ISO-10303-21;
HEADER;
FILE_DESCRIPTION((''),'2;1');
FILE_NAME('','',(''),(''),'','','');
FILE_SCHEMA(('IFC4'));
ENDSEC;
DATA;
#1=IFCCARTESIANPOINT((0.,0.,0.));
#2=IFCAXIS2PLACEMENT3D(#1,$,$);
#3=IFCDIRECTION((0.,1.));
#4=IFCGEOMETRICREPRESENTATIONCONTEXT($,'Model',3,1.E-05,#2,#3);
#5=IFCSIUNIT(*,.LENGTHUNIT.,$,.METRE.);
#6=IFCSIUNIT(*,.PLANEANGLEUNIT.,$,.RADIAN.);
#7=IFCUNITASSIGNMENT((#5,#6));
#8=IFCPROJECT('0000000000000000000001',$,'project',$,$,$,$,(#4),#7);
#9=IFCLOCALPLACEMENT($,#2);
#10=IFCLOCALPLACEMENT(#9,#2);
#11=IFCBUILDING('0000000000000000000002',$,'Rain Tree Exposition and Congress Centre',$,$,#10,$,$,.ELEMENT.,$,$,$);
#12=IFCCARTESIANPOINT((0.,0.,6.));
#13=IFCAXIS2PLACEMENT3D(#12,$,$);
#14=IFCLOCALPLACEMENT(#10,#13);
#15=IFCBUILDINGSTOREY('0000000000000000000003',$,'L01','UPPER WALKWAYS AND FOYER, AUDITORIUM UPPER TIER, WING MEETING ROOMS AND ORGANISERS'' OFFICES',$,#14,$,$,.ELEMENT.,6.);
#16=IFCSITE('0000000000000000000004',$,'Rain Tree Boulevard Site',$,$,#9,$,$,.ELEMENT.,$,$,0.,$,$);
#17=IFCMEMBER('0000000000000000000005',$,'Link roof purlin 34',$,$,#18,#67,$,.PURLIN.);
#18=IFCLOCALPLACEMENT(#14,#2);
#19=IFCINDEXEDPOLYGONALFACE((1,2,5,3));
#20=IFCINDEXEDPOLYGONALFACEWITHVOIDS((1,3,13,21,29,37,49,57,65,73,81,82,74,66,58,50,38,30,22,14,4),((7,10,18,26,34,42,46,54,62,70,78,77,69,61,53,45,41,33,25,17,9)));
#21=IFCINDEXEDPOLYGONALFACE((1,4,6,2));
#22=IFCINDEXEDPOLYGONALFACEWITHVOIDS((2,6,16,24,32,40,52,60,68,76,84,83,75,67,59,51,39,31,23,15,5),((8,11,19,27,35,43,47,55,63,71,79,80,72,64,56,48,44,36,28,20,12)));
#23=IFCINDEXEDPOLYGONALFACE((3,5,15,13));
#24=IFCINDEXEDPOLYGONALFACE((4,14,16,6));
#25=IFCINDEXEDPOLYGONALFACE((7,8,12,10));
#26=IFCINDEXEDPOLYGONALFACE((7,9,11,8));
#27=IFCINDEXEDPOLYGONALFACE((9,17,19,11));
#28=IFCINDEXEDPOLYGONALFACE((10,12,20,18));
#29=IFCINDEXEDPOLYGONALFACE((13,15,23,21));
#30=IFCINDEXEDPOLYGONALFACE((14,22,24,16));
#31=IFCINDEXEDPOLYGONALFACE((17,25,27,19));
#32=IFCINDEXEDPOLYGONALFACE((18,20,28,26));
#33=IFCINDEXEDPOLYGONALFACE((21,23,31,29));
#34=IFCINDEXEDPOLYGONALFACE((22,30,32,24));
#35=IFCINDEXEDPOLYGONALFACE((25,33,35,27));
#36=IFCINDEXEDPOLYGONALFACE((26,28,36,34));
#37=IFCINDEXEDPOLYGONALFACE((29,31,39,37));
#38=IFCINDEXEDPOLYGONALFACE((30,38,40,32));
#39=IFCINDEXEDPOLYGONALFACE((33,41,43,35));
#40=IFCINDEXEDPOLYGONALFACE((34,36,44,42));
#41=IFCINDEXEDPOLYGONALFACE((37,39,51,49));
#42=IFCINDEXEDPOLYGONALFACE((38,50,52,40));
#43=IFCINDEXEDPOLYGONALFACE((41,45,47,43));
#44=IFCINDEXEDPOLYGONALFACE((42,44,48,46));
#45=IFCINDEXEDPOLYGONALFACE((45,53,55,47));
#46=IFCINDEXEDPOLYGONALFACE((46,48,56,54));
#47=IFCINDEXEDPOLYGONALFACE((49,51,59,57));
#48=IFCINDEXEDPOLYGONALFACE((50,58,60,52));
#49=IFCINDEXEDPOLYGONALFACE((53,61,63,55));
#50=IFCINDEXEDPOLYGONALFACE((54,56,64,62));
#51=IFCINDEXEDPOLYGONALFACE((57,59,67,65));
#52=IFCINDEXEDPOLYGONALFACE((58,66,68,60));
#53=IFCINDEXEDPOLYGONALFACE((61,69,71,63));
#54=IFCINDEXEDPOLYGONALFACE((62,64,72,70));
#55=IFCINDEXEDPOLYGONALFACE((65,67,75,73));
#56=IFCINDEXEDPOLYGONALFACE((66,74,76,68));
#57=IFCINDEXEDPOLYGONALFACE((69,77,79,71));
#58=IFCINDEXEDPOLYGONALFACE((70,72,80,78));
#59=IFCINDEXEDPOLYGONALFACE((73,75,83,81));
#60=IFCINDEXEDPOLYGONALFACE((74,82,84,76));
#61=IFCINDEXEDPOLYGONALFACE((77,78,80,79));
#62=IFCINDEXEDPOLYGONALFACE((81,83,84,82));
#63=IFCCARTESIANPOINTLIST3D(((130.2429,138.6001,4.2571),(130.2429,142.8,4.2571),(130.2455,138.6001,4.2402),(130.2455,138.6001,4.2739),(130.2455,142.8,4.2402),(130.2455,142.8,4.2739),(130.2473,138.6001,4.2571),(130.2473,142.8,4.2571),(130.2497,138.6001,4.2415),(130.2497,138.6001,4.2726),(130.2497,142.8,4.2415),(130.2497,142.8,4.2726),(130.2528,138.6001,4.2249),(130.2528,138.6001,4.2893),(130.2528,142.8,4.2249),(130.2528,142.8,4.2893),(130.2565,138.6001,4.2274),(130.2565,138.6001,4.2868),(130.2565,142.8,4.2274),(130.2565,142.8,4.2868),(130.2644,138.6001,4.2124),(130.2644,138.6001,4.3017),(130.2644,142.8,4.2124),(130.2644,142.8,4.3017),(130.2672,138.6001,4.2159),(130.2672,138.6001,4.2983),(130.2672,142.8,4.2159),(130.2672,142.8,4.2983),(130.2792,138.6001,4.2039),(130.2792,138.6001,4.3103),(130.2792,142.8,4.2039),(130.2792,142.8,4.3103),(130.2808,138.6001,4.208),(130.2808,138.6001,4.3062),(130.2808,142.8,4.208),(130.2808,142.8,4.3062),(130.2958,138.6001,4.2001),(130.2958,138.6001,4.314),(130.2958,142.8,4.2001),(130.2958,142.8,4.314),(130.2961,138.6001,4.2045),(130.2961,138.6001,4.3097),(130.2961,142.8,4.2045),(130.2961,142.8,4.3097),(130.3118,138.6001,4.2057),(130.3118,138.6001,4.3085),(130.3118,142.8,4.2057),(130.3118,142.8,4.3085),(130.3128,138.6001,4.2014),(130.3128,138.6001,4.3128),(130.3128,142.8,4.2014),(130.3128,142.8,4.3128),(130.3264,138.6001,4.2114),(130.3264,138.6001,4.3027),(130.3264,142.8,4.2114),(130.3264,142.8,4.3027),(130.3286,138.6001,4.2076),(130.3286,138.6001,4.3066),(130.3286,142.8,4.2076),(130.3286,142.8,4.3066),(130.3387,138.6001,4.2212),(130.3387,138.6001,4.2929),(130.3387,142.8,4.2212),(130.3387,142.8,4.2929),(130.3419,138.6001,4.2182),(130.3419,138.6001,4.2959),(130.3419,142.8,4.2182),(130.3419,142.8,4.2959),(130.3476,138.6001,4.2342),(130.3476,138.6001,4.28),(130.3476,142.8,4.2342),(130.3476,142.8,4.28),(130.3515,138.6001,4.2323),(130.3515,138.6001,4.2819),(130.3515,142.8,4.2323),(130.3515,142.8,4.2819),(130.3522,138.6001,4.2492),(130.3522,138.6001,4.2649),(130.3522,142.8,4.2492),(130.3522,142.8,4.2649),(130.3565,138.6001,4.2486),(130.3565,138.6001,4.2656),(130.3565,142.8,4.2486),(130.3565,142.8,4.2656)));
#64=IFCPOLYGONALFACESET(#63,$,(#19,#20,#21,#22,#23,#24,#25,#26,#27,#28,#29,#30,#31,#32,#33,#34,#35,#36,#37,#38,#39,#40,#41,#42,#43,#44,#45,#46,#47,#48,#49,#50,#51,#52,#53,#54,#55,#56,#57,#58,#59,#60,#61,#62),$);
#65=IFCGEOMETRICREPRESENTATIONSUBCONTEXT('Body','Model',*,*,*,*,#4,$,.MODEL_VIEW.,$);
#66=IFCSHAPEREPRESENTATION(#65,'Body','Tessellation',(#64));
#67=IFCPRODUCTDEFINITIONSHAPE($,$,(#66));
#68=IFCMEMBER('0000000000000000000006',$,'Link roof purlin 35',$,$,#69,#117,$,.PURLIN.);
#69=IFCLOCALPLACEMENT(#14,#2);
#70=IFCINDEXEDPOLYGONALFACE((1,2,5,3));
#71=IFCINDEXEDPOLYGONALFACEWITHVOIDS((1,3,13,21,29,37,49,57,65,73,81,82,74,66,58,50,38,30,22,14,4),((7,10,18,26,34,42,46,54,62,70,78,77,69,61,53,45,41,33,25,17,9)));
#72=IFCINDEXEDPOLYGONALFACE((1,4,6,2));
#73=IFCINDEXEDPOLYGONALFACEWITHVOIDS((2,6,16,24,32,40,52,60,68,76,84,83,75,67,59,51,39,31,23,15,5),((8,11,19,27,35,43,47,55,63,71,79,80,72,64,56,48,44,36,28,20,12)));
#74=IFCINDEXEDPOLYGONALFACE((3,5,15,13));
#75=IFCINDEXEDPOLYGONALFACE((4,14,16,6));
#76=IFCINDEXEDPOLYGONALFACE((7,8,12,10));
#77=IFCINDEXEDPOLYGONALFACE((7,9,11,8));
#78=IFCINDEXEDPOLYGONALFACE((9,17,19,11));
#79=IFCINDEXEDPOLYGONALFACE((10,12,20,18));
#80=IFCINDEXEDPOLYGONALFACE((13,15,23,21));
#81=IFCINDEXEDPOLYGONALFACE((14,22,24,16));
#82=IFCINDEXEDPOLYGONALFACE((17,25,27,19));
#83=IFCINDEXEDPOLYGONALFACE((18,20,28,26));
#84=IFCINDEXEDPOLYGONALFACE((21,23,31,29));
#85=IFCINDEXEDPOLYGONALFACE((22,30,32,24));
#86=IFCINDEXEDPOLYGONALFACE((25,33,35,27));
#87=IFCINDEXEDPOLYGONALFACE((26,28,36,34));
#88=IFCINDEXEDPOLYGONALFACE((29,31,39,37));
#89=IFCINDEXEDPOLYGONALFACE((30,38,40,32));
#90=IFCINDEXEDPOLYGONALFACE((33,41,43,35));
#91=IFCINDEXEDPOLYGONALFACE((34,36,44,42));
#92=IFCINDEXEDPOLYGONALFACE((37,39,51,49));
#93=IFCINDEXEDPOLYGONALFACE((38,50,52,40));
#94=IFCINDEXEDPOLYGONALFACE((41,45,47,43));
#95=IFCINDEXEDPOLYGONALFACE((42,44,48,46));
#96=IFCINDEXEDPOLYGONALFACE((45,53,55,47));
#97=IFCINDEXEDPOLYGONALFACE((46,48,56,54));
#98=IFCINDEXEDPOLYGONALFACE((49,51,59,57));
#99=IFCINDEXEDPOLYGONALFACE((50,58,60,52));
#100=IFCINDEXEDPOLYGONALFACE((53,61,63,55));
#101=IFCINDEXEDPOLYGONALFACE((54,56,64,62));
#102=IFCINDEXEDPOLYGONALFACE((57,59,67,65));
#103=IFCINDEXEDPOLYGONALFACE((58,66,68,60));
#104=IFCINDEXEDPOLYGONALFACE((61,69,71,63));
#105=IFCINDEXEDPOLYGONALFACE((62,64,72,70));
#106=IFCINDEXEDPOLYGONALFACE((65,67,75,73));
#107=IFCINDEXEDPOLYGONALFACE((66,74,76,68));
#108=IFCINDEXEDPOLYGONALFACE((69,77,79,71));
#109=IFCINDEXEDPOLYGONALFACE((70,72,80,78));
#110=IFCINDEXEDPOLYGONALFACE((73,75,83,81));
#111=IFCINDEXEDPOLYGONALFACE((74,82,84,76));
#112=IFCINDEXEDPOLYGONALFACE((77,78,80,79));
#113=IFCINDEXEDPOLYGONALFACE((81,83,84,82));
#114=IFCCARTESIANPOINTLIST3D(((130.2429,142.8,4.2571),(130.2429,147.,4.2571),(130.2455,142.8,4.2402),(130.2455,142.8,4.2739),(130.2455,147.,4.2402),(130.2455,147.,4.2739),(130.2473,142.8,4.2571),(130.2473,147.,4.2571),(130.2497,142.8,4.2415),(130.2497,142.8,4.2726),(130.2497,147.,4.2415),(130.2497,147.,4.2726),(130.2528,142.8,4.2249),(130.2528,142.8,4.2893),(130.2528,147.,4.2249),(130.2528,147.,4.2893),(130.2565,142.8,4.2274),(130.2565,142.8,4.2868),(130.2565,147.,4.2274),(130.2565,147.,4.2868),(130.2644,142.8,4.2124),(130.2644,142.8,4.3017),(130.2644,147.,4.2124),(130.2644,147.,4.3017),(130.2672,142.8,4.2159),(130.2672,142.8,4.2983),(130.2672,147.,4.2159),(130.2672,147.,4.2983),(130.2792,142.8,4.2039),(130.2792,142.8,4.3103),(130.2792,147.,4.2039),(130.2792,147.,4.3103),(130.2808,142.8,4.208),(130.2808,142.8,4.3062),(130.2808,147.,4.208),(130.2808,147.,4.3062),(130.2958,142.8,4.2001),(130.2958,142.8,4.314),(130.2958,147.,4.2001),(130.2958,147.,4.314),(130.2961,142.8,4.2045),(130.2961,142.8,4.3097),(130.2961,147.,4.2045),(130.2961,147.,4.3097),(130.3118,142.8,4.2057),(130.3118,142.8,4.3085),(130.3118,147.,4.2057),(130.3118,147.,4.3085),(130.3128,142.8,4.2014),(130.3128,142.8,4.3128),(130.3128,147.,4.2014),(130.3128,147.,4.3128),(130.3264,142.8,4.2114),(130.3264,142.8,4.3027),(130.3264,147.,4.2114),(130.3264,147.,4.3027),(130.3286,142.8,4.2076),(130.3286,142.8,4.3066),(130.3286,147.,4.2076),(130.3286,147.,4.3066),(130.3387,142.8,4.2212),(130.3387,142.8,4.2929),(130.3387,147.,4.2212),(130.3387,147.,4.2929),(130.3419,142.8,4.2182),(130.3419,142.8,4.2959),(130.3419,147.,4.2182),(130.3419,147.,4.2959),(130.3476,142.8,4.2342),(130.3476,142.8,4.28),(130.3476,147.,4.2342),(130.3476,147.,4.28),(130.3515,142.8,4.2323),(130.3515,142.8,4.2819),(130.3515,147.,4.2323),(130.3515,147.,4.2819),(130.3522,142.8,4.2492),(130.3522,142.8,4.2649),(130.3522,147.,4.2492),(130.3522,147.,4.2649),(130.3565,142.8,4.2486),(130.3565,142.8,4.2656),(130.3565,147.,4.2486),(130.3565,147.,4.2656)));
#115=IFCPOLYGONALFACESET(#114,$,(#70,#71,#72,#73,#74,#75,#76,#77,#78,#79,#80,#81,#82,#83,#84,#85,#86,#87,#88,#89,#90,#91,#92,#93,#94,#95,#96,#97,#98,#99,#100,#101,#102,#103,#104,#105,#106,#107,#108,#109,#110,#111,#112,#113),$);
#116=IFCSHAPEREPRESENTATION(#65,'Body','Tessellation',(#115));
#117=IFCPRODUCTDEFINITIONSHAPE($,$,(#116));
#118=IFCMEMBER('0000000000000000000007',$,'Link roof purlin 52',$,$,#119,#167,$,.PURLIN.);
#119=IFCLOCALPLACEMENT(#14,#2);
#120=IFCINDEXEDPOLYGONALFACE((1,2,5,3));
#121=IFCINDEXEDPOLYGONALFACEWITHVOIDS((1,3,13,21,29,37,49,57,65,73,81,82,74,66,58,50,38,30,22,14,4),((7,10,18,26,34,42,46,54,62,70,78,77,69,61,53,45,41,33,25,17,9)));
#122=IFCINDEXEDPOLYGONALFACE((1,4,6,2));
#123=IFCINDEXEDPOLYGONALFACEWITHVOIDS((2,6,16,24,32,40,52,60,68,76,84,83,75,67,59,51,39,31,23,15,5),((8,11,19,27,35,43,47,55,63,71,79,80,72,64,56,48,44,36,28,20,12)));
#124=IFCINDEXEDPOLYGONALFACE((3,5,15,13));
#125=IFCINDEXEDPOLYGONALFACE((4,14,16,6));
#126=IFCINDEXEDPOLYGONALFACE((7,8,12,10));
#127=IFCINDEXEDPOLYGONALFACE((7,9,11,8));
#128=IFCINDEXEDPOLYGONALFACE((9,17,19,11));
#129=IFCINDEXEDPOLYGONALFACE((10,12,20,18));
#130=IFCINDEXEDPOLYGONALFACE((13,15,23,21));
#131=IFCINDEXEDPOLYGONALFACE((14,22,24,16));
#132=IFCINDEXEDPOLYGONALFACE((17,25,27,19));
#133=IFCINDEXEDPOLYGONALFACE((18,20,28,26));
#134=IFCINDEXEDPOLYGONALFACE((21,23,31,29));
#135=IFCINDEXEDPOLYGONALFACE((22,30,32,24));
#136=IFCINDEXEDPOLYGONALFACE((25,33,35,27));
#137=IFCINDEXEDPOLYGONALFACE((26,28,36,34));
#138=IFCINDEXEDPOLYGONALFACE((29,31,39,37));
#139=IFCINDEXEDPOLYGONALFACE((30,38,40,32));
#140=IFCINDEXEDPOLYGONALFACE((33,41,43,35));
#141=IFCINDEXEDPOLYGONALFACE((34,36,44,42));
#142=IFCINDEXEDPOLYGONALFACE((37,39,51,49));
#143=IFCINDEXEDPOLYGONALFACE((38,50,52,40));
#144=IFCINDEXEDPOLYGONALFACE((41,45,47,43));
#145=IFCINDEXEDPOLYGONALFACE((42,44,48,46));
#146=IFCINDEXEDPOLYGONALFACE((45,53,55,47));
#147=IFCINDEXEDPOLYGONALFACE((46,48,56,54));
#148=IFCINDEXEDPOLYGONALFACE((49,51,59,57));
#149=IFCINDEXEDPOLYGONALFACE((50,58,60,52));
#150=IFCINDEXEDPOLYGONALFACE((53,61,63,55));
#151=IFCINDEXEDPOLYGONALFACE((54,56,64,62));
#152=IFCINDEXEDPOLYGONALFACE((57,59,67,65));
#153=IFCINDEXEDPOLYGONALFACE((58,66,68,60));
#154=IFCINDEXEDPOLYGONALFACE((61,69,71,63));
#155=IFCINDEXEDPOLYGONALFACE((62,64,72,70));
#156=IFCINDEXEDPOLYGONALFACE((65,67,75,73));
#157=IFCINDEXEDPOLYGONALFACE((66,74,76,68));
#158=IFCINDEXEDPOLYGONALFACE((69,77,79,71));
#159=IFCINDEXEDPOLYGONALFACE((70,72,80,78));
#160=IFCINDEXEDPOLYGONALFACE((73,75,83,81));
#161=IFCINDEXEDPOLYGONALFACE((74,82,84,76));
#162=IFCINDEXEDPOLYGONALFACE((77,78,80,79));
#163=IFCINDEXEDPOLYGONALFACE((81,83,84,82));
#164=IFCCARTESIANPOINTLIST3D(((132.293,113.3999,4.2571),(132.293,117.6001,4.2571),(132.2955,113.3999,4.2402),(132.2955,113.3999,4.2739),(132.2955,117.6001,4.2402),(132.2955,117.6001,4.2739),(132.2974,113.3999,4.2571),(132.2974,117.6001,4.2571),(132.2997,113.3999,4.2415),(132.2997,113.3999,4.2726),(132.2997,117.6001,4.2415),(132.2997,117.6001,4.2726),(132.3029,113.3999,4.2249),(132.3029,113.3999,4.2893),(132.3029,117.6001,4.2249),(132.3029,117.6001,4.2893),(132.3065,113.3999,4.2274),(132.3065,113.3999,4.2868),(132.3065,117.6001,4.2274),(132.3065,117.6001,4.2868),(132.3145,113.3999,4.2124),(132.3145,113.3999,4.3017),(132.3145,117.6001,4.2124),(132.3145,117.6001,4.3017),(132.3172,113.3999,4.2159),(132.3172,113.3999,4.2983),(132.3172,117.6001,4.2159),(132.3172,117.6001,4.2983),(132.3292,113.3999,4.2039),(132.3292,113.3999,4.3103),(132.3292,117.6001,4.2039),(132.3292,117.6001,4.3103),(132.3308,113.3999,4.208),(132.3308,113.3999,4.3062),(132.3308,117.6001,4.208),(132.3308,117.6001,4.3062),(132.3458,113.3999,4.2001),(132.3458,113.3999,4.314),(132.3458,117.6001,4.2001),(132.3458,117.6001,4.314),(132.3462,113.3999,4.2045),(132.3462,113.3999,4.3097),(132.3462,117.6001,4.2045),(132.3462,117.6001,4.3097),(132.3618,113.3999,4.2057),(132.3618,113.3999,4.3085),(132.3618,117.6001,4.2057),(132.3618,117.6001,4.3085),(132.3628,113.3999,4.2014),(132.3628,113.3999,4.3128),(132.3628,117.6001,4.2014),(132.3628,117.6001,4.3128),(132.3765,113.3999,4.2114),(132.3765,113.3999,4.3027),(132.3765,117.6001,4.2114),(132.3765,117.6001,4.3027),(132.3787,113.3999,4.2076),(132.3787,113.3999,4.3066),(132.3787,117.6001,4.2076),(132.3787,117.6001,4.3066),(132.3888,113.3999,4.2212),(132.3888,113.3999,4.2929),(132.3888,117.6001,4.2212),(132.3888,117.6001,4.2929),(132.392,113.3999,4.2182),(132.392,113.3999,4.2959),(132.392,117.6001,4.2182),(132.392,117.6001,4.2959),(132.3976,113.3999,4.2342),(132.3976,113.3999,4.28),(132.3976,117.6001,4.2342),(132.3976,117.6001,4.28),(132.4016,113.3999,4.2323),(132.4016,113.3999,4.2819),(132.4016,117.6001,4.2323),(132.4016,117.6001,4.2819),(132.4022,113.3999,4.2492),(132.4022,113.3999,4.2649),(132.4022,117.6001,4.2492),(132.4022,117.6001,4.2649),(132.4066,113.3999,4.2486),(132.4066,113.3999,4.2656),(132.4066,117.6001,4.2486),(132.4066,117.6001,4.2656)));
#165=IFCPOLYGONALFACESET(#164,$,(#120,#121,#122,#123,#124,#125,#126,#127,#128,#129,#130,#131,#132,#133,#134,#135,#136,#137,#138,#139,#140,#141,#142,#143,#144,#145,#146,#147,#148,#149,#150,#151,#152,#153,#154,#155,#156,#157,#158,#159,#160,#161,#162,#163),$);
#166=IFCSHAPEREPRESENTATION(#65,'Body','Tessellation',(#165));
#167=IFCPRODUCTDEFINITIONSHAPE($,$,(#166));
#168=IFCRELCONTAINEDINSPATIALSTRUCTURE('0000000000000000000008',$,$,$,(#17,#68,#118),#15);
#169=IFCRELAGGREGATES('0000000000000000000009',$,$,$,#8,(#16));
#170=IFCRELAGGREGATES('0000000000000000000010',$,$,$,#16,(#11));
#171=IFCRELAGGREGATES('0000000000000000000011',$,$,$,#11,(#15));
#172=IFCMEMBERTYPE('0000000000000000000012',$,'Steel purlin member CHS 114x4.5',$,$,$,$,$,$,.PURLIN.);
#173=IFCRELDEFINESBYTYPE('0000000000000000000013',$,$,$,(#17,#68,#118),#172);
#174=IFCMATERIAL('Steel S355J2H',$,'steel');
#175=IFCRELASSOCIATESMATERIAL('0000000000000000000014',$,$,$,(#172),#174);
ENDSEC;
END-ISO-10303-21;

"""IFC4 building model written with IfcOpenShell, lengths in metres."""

from ifc_helpers import new_model, si_unit, direction, frame, origin, origin_2d, place, context, subcontext, project, spatial, hollow_circle, extrude, material, material_profile, profile_set, type_object, element, save


model = new_model("IFC4")

# Units and contexts
model_context = context("Model", 3, precision=1e-05, world=origin(), true_north=direction((0.0, 1.0)))
body_context = subcontext(model_context, "Body", "Model", "MODEL_VIEW")
ifc_project = project(units=[si_unit("LENGTHUNIT", "METRE"), si_unit("PLANEANGLEUNIT", "RADIAN")], contexts=[model_context])

# Site, building, storey
site_placement = place(None, origin())
site = spatial("IfcSite", under=ifc_project, at=site_placement, Name="Rain Tree Boulevard Site", CompositionType="ELEMENT", RefElevation=0.0)
building_placement = place(site_placement, origin())
building = spatial("IfcBuilding", under=site, at=building_placement, Name="Rain Tree Exposition and Congress Centre", CompositionType="ELEMENT")
storey_placement = place(building_placement, frame((0.0, 0.0, 6.0)))
storey = spatial("IfcBuildingStorey", under=building, at=storey_placement, Name="L01", Description="UPPER WALKWAYS AND FOYER, AUDITORIUM UPPER TIER, WING MEETING ROOMS AND ORGANISERS' OFFICES", CompositionType="ELEMENT", Elevation=6.0)

# Members
ifc_material_1 = material(Name="Steel S355J2H", Category="steel")
ifc_material_profile_1 = material_profile(ifc_material_1, hollow_circle(Radius=0.0571, WallThickness=0.0044, at=origin_2d()), Name="CHS 114x4.5")
ifc_profile_set_1 = profile_set([ifc_material_profile_1], Name="Steel S355J2H")
member_type = type_object("IfcMemberType", Name="Steel purlin member CHS 114x4.5", PredefinedType="PURLIN", material=ifc_profile_set_1)
for number, where, z_axis, x_axis, name in (
    (1, (130.3, 138.6001, 4.2571), (0.0, 1.0, 0.0), (-1.0, 0.0, 0.0), "Link roof purlin 34"),
    (2, (130.3, 142.8, 4.2571), (0.0, 1.0, 0.0), (-1.0, 0.0, 0.0), "Link roof purlin 35"),
):
    element("IfcMember", number, at=place(storey_placement, frame(where, z_axis=z_axis, x_axis=x_axis)), inside=storey, type_object=member_type, Name=name, PredefinedType="PURLIN", context=body_context, shape_type="SweptSolid", body=[
        extrude(hollow_circle(Radius=0.0571, WallThickness=0.0044, at=origin_2d()), origin(), (0.0, 0.0, 1.0), 4.2),
    ])
member_1_placement = place(storey_placement, frame((132.3501, 113.3999, 4.2571), z_axis=(0.0, 1.0, 0.0), x_axis=(-1.0, 0.0, 0.0)))
element("IfcMember", 3, at=member_1_placement, inside=storey, type_object=member_type, Name="Link roof purlin 52", PredefinedType="PURLIN", context=body_context, shape_type="SweptSolid", body=[
    extrude(hollow_circle(Radius=0.0571, WallThickness=0.0044, at=origin_2d()), origin(), (0.0, 0.0, 1.0), 4.2002),
])

save(model, "model.ifc")
